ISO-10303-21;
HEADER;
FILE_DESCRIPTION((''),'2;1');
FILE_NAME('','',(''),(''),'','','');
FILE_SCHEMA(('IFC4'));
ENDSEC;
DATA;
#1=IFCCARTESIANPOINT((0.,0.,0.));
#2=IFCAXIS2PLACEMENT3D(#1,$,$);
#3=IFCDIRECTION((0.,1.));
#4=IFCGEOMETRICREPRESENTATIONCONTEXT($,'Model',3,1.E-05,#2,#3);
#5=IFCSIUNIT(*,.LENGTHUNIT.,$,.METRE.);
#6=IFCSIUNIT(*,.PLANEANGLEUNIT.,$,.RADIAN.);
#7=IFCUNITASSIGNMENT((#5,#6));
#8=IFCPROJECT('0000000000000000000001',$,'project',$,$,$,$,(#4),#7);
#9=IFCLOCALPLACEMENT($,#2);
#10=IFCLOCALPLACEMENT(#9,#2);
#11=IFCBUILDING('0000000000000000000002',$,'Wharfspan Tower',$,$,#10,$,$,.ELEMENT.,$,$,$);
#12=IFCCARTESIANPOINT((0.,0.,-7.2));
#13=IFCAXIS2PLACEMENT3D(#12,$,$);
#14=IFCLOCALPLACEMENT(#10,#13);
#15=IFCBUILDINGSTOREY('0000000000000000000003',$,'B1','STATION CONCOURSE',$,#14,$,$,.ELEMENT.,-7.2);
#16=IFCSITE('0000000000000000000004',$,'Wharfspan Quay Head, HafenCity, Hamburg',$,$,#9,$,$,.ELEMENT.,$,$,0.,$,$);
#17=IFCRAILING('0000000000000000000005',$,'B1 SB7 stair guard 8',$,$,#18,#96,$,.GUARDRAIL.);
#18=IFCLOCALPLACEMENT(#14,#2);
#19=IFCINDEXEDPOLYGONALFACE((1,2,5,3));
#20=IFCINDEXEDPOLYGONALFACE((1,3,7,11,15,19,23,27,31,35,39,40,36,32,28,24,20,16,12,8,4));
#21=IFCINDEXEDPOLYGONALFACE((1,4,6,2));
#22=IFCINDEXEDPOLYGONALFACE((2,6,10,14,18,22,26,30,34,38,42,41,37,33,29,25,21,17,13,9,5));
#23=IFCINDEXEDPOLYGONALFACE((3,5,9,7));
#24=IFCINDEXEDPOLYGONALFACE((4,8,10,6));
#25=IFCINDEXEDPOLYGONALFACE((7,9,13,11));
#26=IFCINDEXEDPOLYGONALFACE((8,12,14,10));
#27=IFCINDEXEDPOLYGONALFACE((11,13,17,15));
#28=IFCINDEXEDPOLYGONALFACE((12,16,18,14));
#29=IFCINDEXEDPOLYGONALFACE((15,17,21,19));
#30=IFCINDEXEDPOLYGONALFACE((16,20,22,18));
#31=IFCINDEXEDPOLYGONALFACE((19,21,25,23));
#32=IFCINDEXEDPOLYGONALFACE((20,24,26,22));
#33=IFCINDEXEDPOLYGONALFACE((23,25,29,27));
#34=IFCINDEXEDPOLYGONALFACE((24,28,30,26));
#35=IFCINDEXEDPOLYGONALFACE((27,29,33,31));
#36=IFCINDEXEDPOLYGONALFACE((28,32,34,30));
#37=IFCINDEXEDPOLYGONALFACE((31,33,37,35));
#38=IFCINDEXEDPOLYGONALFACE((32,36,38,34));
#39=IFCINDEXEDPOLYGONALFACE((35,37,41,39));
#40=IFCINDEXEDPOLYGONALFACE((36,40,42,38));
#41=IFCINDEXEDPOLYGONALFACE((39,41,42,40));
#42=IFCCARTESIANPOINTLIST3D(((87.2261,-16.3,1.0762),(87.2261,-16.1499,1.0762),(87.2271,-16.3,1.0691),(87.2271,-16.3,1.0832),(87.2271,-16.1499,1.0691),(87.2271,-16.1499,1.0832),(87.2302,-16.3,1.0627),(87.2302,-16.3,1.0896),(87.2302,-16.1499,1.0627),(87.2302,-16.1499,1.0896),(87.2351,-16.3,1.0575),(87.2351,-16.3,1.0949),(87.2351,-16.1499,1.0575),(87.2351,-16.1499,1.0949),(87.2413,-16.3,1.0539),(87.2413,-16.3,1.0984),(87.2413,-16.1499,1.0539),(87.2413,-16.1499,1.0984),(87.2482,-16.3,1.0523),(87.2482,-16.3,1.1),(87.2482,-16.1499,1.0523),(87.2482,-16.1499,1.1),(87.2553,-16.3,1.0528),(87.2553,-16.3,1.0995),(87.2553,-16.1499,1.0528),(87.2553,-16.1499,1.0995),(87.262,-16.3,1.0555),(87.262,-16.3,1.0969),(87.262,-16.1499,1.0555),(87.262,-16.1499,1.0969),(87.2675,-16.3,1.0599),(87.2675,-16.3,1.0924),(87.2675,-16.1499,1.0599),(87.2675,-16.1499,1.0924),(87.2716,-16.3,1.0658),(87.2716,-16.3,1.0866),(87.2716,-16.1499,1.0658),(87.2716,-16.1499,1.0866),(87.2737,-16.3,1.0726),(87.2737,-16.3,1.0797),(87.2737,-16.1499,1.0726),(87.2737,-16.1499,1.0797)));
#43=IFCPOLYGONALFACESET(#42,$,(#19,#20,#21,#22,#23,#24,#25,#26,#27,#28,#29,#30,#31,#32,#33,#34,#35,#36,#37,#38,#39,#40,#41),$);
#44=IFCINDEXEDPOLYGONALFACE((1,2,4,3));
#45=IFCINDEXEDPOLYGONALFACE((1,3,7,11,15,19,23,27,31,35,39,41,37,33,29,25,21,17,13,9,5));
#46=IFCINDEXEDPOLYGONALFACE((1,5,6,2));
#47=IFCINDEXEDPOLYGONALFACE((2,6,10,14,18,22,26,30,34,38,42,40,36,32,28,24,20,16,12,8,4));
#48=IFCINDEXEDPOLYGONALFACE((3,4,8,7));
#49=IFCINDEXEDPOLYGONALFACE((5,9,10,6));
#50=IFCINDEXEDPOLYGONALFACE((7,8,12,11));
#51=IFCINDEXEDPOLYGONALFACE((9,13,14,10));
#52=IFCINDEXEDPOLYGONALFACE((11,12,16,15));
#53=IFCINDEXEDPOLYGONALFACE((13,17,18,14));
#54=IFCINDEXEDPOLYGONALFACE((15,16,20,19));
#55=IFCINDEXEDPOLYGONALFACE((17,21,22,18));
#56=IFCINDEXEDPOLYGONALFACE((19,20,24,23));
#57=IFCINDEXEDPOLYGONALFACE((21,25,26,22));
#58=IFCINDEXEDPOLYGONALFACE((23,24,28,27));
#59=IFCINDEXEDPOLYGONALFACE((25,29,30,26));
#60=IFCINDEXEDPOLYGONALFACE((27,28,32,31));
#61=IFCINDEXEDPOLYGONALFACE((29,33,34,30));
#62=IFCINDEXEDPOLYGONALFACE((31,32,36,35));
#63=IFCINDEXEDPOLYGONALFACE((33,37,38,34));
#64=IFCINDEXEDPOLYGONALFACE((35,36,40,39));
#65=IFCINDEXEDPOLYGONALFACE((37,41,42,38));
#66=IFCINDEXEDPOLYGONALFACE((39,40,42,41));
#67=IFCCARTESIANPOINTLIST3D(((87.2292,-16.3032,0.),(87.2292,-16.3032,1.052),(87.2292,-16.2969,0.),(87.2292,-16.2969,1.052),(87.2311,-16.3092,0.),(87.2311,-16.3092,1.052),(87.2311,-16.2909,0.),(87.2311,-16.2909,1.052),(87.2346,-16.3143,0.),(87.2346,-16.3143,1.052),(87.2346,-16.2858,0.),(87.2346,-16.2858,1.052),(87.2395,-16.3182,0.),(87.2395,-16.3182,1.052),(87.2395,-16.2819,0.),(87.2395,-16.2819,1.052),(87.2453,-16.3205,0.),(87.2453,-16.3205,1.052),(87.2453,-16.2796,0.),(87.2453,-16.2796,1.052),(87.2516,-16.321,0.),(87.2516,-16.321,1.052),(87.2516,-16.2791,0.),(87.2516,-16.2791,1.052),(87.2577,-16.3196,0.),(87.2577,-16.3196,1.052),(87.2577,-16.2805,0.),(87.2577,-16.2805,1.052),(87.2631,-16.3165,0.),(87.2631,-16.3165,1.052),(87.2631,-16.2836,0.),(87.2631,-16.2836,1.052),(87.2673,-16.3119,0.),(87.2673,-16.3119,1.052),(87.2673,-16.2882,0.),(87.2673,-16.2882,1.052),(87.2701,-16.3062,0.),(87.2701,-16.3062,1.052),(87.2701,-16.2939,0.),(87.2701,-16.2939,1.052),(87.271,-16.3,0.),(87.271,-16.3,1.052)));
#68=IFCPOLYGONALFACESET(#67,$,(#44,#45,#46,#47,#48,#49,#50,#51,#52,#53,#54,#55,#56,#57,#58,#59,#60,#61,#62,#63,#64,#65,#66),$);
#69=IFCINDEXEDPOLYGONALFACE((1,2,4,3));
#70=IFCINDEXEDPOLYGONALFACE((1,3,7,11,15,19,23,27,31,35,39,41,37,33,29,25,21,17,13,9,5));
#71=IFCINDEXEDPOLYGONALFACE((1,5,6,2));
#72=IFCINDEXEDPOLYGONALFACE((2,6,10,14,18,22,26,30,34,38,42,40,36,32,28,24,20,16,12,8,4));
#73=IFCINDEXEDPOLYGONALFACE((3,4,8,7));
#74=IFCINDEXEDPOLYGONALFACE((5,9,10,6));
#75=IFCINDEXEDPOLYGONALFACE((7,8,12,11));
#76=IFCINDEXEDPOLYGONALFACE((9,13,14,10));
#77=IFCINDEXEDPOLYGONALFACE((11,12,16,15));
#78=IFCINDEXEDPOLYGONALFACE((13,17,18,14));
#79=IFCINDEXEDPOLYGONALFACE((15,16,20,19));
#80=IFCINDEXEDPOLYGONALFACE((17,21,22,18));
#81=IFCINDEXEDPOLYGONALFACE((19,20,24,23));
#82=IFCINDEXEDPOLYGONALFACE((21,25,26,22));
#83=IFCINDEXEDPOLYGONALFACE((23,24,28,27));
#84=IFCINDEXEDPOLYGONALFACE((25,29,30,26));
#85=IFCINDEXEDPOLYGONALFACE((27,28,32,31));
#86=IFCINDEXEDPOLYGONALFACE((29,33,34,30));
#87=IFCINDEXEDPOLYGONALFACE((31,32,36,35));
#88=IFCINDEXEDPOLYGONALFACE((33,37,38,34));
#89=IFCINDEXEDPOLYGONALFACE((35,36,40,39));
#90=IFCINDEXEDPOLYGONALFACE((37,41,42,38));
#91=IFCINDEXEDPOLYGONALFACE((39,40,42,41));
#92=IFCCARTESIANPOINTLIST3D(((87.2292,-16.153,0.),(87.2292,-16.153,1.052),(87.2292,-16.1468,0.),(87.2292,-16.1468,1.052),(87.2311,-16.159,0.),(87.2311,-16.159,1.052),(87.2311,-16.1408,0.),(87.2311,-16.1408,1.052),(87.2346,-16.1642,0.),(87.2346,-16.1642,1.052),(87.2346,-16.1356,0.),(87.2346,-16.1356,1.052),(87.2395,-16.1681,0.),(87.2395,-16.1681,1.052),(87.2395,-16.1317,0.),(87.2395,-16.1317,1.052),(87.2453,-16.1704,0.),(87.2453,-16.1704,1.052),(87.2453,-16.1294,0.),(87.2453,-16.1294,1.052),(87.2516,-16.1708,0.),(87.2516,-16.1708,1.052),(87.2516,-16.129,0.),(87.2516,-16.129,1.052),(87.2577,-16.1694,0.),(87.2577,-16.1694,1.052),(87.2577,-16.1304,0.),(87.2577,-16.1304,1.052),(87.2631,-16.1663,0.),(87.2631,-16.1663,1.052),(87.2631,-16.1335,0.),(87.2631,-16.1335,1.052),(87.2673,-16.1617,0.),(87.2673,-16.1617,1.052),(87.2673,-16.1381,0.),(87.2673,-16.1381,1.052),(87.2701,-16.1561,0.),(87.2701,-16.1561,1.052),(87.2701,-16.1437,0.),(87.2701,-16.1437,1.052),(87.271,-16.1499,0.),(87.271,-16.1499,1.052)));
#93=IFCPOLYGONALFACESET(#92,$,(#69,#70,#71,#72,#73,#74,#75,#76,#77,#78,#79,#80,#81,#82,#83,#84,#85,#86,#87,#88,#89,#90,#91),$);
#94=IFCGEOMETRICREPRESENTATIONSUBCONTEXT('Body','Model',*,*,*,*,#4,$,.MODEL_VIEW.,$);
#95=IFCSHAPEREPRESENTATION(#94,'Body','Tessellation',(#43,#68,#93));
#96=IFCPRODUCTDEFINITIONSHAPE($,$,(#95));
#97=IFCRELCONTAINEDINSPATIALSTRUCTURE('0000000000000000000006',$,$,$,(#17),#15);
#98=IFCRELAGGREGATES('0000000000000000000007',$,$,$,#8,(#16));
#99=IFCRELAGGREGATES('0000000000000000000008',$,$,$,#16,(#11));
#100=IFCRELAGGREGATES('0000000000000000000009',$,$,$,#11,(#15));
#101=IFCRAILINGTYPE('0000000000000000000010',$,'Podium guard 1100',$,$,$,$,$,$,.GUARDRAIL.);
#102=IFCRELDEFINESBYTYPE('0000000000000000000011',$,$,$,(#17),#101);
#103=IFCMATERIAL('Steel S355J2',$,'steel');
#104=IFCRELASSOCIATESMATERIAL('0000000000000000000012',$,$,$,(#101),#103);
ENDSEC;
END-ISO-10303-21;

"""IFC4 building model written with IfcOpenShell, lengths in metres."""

from ifc_helpers import new_model, si_unit, direction, frame, origin, origin_2d, place, context, subcontext, project, spatial, circle, extrude, material, type_object, element, save


model = new_model("IFC4")

# Units and contexts
model_context = context("Model", 3, precision=1e-05, world=origin(), true_north=direction((0.0, 1.0)))
body_context = subcontext(model_context, "Body", "Model", "MODEL_VIEW")
ifc_project = project(units=[si_unit("LENGTHUNIT", "METRE"), si_unit("PLANEANGLEUNIT", "RADIAN")], contexts=[model_context])

# Site, building, storey
site_placement = place(None, origin())
site = spatial("IfcSite", under=ifc_project, at=site_placement, Name="Wharfspan Quay Head, HafenCity, Hamburg", CompositionType="ELEMENT", RefElevation=0.0)
building_placement = place(site_placement, origin())
building = spatial("IfcBuilding", under=site, at=building_placement, Name="Wharfspan Tower", CompositionType="ELEMENT")
storey_placement = place(building_placement, frame((0.0, 0.0, -7.2)))
storey = spatial("IfcBuildingStorey", under=building, at=storey_placement, Name="B1", Description="STATION CONCOURSE", CompositionType="ELEMENT", Elevation=-7.2)

# Railing
ifc_material_1 = material(Name="Steel S355J2", Category="steel")
railing_type_1 = type_object("IfcRailingType", Name="Podium guard 1100", PredefinedType="GUARDRAIL", material=ifc_material_1)
railing_1_placement = place(storey_placement, frame((87.25, -16.3, 0.0)))
element("IfcRailing", 1, at=railing_1_placement, inside=storey, type_object=railing_type_1, Name="B1 SB7 stair guard 8", PredefinedType="GUARDRAIL", context=body_context, shape_type="SweptSolid", body=[
    extrude(circle(Radius=0.0239, at=origin_2d()), frame((0.0, 0.0, 1.0762), z_axis=(0.0, 1.0, 0.0), x_axis=(-1.0, 0.0, 0.0)), (0.0, 0.0, 1.0), 0.1501),
    extrude(circle(Radius=0.021, at=origin_2d()), origin(), (0.0, 0.0, 1.0), 1.052),
    extrude(circle(Radius=0.021, at=origin_2d()), frame((0.0, 0.1501, 0.0)), (0.0, 0.0, 1.0), 1.052),
])

save(model, "model.ifc")
